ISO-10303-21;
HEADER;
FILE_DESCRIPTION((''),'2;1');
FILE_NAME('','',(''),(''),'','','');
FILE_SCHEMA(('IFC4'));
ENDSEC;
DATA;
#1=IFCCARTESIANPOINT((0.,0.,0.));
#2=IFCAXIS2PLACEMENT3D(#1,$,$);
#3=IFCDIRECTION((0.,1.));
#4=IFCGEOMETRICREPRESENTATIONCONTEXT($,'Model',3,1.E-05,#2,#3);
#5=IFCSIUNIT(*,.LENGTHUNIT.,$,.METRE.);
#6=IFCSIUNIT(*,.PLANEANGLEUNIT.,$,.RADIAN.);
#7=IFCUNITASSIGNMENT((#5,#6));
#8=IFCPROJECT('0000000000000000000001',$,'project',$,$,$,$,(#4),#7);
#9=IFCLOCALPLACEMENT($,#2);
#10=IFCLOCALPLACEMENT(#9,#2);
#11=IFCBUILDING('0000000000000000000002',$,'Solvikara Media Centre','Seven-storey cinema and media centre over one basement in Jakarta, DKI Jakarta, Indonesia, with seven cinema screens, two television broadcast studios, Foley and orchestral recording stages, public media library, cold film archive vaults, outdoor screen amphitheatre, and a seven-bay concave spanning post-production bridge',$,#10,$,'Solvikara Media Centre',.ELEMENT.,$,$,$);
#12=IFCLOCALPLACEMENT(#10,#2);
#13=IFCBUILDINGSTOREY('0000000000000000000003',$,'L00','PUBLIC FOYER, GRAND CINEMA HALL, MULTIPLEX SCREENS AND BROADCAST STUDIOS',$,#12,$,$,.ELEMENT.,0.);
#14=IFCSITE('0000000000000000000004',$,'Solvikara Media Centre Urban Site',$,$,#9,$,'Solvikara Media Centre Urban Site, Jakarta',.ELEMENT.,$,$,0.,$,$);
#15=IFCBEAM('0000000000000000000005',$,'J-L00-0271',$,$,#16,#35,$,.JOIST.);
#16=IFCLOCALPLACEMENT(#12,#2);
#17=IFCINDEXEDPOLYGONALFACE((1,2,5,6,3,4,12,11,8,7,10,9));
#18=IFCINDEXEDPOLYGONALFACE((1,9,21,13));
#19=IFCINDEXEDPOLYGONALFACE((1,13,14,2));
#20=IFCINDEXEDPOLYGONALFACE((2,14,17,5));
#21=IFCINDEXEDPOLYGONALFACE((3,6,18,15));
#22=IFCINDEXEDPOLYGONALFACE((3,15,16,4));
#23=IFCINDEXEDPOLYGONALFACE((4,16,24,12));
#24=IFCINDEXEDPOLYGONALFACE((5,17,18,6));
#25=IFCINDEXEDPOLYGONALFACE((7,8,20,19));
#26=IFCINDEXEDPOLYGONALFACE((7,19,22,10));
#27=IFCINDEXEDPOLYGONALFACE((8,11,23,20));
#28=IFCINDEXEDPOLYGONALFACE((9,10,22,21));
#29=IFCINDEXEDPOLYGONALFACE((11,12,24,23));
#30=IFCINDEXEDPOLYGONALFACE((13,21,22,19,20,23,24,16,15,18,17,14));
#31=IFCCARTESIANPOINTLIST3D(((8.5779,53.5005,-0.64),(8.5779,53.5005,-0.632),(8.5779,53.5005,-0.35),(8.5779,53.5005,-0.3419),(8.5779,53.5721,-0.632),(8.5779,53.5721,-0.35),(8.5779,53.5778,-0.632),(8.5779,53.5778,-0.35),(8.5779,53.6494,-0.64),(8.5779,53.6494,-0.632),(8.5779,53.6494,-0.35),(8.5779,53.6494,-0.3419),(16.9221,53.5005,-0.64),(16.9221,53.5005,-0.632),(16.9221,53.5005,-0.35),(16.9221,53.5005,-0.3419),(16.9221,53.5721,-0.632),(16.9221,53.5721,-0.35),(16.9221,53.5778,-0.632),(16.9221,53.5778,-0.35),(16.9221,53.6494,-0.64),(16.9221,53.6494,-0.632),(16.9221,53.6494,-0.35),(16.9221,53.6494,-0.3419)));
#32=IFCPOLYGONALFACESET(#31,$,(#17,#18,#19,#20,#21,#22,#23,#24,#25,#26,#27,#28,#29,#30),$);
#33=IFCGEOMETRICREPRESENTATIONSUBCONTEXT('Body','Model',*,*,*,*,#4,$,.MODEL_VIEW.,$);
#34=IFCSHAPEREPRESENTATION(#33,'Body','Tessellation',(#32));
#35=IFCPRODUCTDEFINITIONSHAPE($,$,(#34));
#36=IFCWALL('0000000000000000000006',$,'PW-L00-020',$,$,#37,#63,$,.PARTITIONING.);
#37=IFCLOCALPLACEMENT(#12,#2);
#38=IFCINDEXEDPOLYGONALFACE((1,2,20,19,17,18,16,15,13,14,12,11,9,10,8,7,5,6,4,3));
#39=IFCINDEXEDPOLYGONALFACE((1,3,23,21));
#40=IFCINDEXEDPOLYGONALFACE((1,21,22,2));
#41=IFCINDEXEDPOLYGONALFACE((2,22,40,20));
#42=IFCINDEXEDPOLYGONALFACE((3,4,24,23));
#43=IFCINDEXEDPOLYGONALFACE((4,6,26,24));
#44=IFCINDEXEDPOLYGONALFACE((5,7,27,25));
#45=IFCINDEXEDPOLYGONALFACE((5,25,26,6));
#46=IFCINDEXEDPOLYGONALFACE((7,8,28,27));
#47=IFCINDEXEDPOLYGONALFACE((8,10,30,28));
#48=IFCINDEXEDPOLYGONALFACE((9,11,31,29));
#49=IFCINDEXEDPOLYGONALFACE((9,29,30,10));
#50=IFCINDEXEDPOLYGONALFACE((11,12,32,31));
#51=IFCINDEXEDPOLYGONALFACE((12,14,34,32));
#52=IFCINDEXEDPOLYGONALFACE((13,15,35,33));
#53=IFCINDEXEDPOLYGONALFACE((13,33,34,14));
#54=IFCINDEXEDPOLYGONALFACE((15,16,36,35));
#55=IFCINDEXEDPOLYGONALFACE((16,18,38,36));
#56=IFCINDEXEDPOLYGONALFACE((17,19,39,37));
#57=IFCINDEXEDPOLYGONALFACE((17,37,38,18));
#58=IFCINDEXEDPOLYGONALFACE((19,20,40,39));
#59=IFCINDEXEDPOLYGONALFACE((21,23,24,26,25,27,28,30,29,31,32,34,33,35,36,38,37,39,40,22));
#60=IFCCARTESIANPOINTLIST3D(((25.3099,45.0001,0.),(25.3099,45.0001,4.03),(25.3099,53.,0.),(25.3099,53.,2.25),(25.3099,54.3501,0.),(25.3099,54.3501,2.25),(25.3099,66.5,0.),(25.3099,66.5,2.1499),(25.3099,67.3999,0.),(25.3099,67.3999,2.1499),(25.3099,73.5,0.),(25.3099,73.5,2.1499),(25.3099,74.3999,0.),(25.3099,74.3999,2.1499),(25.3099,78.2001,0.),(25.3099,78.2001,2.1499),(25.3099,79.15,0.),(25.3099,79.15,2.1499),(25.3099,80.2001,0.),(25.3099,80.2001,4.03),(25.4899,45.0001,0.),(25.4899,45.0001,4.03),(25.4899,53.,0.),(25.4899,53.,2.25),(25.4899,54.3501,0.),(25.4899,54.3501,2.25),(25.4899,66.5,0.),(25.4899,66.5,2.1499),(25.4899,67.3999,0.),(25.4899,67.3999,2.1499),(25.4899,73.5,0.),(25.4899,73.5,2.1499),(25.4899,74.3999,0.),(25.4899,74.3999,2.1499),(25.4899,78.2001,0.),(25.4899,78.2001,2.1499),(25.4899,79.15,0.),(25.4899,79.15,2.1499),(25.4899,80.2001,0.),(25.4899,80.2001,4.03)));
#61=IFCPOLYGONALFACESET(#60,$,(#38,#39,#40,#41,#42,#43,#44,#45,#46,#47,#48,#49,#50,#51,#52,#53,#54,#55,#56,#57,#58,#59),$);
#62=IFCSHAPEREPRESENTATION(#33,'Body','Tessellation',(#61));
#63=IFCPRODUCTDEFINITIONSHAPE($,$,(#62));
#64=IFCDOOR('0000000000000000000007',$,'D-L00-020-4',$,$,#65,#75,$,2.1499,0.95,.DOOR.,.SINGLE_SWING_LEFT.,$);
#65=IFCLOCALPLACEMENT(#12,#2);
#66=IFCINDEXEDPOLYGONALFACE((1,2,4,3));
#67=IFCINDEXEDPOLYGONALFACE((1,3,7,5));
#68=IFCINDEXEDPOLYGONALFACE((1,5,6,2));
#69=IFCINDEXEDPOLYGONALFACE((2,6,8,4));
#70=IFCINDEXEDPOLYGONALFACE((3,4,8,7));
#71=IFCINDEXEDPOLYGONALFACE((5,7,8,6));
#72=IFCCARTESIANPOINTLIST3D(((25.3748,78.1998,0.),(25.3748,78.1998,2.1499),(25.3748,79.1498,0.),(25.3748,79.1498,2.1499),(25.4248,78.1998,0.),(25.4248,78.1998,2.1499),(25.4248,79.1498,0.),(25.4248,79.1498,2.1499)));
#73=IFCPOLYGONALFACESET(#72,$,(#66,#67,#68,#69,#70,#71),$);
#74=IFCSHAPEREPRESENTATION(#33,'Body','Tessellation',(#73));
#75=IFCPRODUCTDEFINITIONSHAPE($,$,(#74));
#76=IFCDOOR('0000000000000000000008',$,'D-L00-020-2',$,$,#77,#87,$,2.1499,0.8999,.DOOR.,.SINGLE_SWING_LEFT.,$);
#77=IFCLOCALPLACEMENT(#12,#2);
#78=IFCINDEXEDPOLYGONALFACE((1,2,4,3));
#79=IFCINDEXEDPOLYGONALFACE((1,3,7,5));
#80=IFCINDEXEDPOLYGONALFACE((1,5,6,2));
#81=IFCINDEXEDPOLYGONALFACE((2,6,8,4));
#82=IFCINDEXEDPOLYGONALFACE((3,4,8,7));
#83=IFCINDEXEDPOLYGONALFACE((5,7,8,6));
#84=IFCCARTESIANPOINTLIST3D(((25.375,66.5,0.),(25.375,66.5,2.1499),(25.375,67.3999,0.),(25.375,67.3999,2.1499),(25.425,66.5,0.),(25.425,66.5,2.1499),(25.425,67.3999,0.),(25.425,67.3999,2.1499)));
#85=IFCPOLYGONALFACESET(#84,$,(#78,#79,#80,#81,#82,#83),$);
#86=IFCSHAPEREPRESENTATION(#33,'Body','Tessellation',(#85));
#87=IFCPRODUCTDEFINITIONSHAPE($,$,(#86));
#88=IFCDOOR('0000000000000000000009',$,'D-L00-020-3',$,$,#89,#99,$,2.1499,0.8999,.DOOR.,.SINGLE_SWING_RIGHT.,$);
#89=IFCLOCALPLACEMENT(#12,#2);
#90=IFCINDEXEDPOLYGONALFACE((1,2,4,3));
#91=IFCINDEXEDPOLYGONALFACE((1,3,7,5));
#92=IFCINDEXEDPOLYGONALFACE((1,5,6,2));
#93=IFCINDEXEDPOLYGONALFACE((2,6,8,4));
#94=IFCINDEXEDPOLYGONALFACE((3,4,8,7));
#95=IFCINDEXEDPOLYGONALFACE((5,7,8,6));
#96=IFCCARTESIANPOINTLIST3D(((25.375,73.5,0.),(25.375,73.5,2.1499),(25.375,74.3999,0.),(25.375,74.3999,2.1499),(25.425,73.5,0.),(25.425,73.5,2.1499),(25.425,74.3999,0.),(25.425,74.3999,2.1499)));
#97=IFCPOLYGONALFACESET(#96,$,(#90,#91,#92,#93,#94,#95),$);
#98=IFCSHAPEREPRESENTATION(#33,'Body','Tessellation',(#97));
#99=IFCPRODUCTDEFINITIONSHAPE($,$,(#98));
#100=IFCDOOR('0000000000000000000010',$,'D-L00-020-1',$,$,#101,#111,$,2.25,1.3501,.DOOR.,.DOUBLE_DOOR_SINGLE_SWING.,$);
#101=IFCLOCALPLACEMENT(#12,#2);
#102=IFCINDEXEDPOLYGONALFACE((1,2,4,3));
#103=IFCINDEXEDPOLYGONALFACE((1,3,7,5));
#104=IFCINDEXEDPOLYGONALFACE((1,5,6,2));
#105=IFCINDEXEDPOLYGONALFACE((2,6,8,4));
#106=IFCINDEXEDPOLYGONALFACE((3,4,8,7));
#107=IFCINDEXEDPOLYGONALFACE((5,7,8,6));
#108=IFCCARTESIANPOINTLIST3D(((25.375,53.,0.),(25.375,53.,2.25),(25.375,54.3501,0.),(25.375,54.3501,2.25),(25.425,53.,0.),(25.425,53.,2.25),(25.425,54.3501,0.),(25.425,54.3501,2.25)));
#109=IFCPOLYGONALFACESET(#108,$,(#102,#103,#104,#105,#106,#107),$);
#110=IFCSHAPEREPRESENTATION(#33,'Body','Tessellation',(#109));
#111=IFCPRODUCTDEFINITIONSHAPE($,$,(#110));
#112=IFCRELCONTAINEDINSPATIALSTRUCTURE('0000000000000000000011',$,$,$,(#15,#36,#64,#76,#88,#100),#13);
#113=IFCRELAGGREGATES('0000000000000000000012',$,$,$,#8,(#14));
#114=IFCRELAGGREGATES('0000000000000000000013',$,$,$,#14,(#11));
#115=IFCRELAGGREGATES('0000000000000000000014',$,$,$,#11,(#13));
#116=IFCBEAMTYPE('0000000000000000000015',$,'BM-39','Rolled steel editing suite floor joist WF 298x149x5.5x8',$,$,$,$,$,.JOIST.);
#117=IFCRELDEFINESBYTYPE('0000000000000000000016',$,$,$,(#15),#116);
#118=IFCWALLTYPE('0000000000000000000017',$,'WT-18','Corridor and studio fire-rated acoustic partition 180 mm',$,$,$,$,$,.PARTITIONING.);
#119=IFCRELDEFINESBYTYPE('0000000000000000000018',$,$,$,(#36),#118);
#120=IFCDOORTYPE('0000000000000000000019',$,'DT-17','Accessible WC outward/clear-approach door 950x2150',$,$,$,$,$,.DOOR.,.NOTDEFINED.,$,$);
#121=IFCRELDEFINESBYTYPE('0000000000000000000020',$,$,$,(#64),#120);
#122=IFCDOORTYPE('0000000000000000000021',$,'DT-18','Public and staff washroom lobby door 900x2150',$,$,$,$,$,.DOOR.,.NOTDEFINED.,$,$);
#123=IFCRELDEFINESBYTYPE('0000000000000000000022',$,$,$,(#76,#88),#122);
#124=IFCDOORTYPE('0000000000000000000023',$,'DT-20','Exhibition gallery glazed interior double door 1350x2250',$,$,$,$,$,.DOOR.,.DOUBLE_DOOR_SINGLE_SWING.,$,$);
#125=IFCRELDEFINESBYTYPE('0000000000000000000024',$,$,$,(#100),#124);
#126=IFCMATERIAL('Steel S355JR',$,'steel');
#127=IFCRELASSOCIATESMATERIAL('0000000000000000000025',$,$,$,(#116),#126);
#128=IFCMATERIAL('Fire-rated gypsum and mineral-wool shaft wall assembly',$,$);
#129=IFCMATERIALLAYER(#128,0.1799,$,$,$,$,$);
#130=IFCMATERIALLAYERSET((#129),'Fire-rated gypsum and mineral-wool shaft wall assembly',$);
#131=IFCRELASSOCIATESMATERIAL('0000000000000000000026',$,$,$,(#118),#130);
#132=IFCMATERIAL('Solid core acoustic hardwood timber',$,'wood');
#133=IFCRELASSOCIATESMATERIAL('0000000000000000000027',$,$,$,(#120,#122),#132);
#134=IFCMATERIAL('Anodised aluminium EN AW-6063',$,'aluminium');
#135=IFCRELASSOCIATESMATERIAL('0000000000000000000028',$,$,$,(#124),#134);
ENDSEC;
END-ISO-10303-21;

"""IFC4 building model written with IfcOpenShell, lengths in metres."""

from ifc_helpers import new_model, si_unit, direction, frame, frame_2d, origin, origin_2d, place, context, subcontext, project, spatial, rectangle, i_section, extrude, material, layer, layer_set, material_profile, profile_set, type_object, element, fill, save


model = new_model("IFC4")

# Units and contexts
model_context = context("Model", 3, precision=1e-05, world=origin(), true_north=direction((0.0, 1.0)))
body_context = subcontext(model_context, "Body", "Model", "MODEL_VIEW")
ifc_project = project(units=[si_unit("LENGTHUNIT", "METRE"), si_unit("PLANEANGLEUNIT", "RADIAN")], contexts=[model_context])

# Site, building, storey
site_placement = place(None, origin())
site = spatial("IfcSite", under=ifc_project, at=site_placement, Name="Solvikara Media Centre Urban Site", LongName="Solvikara Media Centre Urban Site, Jakarta", CompositionType="ELEMENT", RefElevation=0.0)
building_placement = place(site_placement, origin())
building = spatial("IfcBuilding", under=site, at=building_placement, Name="Solvikara Media Centre", Description="Seven-storey cinema and media centre over one basement in Jakarta, DKI Jakarta, Indonesia, with seven cinema screens, two television broadcast studios, Foley and orchestral recording stages, public media library, cold film archive vaults, outdoor screen amphitheatre, and a seven-bay concave spanning post-production bridge", LongName="Solvikara Media Centre", CompositionType="ELEMENT")
storey_placement = place(building_placement, origin())
storey = spatial("IfcBuildingStorey", under=building, at=storey_placement, Name="L00", Description="PUBLIC FOYER, GRAND CINEMA HALL, MULTIPLEX SCREENS AND BROADCAST STUDIOS", CompositionType="ELEMENT", Elevation=0.0)

# Beam
ifc_material_1 = material(Name="Steel S355JR", Category="steel")
ifc_material_profile_1 = material_profile(ifc_material_1, i_section(OverallWidth=0.1489, OverallDepth=0.2981, WebThickness=0.0056, FlangeThickness=0.0081, at=origin_2d()), Name="WF 298x149x5.5x8")
ifc_profile_set_1 = profile_set([ifc_material_profile_1], Name="Steel S355JR")
beam_type_1 = type_object("IfcBeamType", Name="BM-39", Description="Rolled steel editing suite floor joist WF 298x149x5.5x8", PredefinedType="JOIST", material=ifc_profile_set_1)
beam_1_placement = place(storey_placement, frame((8.5779, 53.575, -0.491), z_axis=(1.0, 0.0, 0.0), x_axis=(0.0, 1.0, 0.0)))
element("IfcBeam", 1, at=beam_1_placement, inside=storey, type_object=beam_type_1, Name="J-L00-0271", PredefinedType="JOIST", context=body_context, shape_type="SweptSolid", body=[
    extrude(i_section(OverallWidth=0.1489, OverallDepth=0.2981, WebThickness=0.0056, FlangeThickness=0.0081, at=origin_2d()), origin(), (0.0, 0.0, 1.0), 8.3442),
])

# Wall, openings, doors
ifc_material_2 = material(Name="Fire-rated gypsum and mineral-wool shaft wall assembly")
ifc_layer = layer(ifc_material_2, 0.1799)
ifc_layer_set = layer_set([ifc_layer], Name="Fire-rated gypsum and mineral-wool shaft wall assembly")
wall_type = type_object("IfcWallType", Name="WT-18", Description="Corridor and studio fire-rated acoustic partition 180 mm", PredefinedType="PARTITIONING", material=ifc_layer_set)
wall_placement = place(storey_placement, frame((25.3999, 45.0, 0.0), z_axis=(0.0, 0.0, 1.0), x_axis=(0.0, 1.0, 0.0)))
wall = element("IfcWall", 2, at=wall_placement, inside=storey, type_object=wall_type, Name="PW-L00-020", PredefinedType="PARTITIONING", context=body_context, shape_type="SweptSolid", body=[
    extrude(rectangle(XDim=35.2, YDim=0.1799, at=frame_2d((17.6001, 0.0))), origin(), (0.0, 0.0, 1.0), 4.03),
])
opening_1_placement = place(wall_placement, frame((8.0, 0.0, 0.0)))
opening_1 = element("IfcOpeningElement", 3, at=opening_1_placement, cuts=wall, PredefinedType="OPENING", context=body_context, shape_type="SweptSolid", body=[
    extrude(rectangle(XDim=1.3501, YDim=2.25, at=frame_2d((0.675, 1.125))), frame((0.0, 0.1021, 0.0), z_axis=(0.0, -1.0, 0.0), x_axis=(1.0, 0.0, 0.0)), (0.0, 0.0, 1.0), 0.2039),
])
opening_2_placement = place(wall_placement, frame((21.5, 0.0, 0.0)))
opening_2 = element("IfcOpeningElement", 4, at=opening_2_placement, cuts=wall, PredefinedType="OPENING", context=body_context, shape_type="SweptSolid", body=[
    extrude(rectangle(XDim=0.8999, YDim=2.1499, at=frame_2d((0.45, 1.075))), frame((0.0, 0.1021, 0.0), z_axis=(0.0, -1.0, 0.0), x_axis=(1.0, 0.0, 0.0)), (0.0, 0.0, 1.0), 0.2039),
])
opening_3_placement = place(wall_placement, frame((28.5, 0.0, 0.0)))
opening_3 = element("IfcOpeningElement", 5, at=opening_3_placement, cuts=wall, PredefinedType="OPENING", context=body_context, shape_type="SweptSolid", body=[
    extrude(rectangle(XDim=0.8999, YDim=2.1499, at=frame_2d((0.45, 1.075))), frame((0.0, 0.1021, 0.0), z_axis=(0.0, -1.0, 0.0), x_axis=(1.0, 0.0, 0.0)), (0.0, 0.0, 1.0), 0.2039),
])
opening_4_placement = place(wall_placement, frame((33.2, 0.0, 0.0)))
opening_4 = element("IfcOpeningElement", 6, at=opening_4_placement, cuts=wall, PredefinedType="OPENING", context=body_context, shape_type="SweptSolid", body=[
    extrude(rectangle(XDim=0.95, YDim=2.1499, at=frame_2d((0.4751, 1.075))), frame((0.0, 0.1021, 0.0), z_axis=(0.0, -1.0, 0.0), x_axis=(1.0, 0.0, 0.0)), (0.0, 0.0, 1.0), 0.2039),
])
ifc_material_3 = material(Name="Solid core acoustic hardwood timber", Category="wood")
door_type_1 = type_object("IfcDoorType", Name="DT-17", Description="Accessible WC outward/clear-approach door 950x2150", OperationType="NOTDEFINED", PredefinedType="DOOR", material=ifc_material_3)
door_1_placement = place(opening_4_placement, frame((0.95, 0.0, 0.0), z_axis=(0.0, 0.0, 1.0), x_axis=(-1.0, 0.0, 0.0)))
door_1 = element("IfcDoor", 7, at=door_1_placement, inside=storey, type_object=door_type_1, Name="D-L00-020-4", OperationType="SINGLE_SWING_LEFT", OverallHeight=2.1499, OverallWidth=0.95, PredefinedType="DOOR", context=body_context, shape_type="SweptSolid", body=[
    extrude(rectangle(XDim=0.95, YDim=2.1499, at=frame_2d((0.4751, 1.075))), frame((0.0, 0.0249, 0.0), z_axis=(0.0, -1.0, 0.0), x_axis=(1.0, 0.0, 0.0)), (0.0, 0.0, 1.0), 0.05),
])
fill(opening_4, door_1)
door_type_2 = type_object("IfcDoorType", Name="DT-18", Description="Public and staff washroom lobby door 900x2150", OperationType="NOTDEFINED", PredefinedType="DOOR", material=ifc_material_3)
door_2_placement = place(opening_2_placement, origin())
door_2 = element("IfcDoor", 8, at=door_2_placement, inside=storey, type_object=door_type_2, Name="D-L00-020-2", OperationType="SINGLE_SWING_LEFT", OverallHeight=2.1499, OverallWidth=0.8999, PredefinedType="DOOR", context=body_context, shape_type="SweptSolid", body=[
    extrude(rectangle(XDim=0.8999, YDim=2.1499, at=frame_2d((0.45, 1.075))), frame((0.0, 0.0249, 0.0), z_axis=(0.0, -1.0, 0.0), x_axis=(1.0, 0.0, 0.0)), (0.0, 0.0, 1.0), 0.05),
])
fill(opening_2, door_2)
door_3_placement = place(opening_3_placement, origin())
door_3 = element("IfcDoor", 9, at=door_3_placement, inside=storey, type_object=door_type_2, Name="D-L00-020-3", OperationType="SINGLE_SWING_RIGHT", OverallHeight=2.1499, OverallWidth=0.8999, PredefinedType="DOOR", context=body_context, shape_type="SweptSolid", body=[
    extrude(rectangle(XDim=0.8999, YDim=2.1499, at=frame_2d((0.45, 1.075))), frame((0.0, 0.0249, 0.0), z_axis=(0.0, -1.0, 0.0), x_axis=(1.0, 0.0, 0.0)), (0.0, 0.0, 1.0), 0.05),
])
fill(opening_3, door_3)
ifc_material_4 = material(Name="Anodised aluminium EN AW-6063", Category="aluminium")
door_type_3 = type_object("IfcDoorType", Name="DT-20", Description="Exhibition gallery glazed interior double door 1350x2250", OperationType="DOUBLE_DOOR_SINGLE_SWING", PredefinedType="DOOR", material=ifc_material_4)
door_4_placement = place(opening_1_placement, origin())
door_4 = element("IfcDoor", 10, at=door_4_placement, inside=storey, type_object=door_type_3, Name="D-L00-020-1", OperationType="DOUBLE_DOOR_SINGLE_SWING", OverallHeight=2.25, OverallWidth=1.3501, PredefinedType="DOOR", context=body_context, shape_type="SweptSolid", body=[
    extrude(rectangle(XDim=1.3501, YDim=2.25, at=frame_2d((0.675, 1.125))), frame((0.0, 0.0249, 0.0), z_axis=(0.0, -1.0, 0.0), x_axis=(1.0, 0.0, 0.0)), (0.0, 0.0, 1.0), 0.05),
])
fill(opening_1, door_4)

save(model, "model.ifc")
